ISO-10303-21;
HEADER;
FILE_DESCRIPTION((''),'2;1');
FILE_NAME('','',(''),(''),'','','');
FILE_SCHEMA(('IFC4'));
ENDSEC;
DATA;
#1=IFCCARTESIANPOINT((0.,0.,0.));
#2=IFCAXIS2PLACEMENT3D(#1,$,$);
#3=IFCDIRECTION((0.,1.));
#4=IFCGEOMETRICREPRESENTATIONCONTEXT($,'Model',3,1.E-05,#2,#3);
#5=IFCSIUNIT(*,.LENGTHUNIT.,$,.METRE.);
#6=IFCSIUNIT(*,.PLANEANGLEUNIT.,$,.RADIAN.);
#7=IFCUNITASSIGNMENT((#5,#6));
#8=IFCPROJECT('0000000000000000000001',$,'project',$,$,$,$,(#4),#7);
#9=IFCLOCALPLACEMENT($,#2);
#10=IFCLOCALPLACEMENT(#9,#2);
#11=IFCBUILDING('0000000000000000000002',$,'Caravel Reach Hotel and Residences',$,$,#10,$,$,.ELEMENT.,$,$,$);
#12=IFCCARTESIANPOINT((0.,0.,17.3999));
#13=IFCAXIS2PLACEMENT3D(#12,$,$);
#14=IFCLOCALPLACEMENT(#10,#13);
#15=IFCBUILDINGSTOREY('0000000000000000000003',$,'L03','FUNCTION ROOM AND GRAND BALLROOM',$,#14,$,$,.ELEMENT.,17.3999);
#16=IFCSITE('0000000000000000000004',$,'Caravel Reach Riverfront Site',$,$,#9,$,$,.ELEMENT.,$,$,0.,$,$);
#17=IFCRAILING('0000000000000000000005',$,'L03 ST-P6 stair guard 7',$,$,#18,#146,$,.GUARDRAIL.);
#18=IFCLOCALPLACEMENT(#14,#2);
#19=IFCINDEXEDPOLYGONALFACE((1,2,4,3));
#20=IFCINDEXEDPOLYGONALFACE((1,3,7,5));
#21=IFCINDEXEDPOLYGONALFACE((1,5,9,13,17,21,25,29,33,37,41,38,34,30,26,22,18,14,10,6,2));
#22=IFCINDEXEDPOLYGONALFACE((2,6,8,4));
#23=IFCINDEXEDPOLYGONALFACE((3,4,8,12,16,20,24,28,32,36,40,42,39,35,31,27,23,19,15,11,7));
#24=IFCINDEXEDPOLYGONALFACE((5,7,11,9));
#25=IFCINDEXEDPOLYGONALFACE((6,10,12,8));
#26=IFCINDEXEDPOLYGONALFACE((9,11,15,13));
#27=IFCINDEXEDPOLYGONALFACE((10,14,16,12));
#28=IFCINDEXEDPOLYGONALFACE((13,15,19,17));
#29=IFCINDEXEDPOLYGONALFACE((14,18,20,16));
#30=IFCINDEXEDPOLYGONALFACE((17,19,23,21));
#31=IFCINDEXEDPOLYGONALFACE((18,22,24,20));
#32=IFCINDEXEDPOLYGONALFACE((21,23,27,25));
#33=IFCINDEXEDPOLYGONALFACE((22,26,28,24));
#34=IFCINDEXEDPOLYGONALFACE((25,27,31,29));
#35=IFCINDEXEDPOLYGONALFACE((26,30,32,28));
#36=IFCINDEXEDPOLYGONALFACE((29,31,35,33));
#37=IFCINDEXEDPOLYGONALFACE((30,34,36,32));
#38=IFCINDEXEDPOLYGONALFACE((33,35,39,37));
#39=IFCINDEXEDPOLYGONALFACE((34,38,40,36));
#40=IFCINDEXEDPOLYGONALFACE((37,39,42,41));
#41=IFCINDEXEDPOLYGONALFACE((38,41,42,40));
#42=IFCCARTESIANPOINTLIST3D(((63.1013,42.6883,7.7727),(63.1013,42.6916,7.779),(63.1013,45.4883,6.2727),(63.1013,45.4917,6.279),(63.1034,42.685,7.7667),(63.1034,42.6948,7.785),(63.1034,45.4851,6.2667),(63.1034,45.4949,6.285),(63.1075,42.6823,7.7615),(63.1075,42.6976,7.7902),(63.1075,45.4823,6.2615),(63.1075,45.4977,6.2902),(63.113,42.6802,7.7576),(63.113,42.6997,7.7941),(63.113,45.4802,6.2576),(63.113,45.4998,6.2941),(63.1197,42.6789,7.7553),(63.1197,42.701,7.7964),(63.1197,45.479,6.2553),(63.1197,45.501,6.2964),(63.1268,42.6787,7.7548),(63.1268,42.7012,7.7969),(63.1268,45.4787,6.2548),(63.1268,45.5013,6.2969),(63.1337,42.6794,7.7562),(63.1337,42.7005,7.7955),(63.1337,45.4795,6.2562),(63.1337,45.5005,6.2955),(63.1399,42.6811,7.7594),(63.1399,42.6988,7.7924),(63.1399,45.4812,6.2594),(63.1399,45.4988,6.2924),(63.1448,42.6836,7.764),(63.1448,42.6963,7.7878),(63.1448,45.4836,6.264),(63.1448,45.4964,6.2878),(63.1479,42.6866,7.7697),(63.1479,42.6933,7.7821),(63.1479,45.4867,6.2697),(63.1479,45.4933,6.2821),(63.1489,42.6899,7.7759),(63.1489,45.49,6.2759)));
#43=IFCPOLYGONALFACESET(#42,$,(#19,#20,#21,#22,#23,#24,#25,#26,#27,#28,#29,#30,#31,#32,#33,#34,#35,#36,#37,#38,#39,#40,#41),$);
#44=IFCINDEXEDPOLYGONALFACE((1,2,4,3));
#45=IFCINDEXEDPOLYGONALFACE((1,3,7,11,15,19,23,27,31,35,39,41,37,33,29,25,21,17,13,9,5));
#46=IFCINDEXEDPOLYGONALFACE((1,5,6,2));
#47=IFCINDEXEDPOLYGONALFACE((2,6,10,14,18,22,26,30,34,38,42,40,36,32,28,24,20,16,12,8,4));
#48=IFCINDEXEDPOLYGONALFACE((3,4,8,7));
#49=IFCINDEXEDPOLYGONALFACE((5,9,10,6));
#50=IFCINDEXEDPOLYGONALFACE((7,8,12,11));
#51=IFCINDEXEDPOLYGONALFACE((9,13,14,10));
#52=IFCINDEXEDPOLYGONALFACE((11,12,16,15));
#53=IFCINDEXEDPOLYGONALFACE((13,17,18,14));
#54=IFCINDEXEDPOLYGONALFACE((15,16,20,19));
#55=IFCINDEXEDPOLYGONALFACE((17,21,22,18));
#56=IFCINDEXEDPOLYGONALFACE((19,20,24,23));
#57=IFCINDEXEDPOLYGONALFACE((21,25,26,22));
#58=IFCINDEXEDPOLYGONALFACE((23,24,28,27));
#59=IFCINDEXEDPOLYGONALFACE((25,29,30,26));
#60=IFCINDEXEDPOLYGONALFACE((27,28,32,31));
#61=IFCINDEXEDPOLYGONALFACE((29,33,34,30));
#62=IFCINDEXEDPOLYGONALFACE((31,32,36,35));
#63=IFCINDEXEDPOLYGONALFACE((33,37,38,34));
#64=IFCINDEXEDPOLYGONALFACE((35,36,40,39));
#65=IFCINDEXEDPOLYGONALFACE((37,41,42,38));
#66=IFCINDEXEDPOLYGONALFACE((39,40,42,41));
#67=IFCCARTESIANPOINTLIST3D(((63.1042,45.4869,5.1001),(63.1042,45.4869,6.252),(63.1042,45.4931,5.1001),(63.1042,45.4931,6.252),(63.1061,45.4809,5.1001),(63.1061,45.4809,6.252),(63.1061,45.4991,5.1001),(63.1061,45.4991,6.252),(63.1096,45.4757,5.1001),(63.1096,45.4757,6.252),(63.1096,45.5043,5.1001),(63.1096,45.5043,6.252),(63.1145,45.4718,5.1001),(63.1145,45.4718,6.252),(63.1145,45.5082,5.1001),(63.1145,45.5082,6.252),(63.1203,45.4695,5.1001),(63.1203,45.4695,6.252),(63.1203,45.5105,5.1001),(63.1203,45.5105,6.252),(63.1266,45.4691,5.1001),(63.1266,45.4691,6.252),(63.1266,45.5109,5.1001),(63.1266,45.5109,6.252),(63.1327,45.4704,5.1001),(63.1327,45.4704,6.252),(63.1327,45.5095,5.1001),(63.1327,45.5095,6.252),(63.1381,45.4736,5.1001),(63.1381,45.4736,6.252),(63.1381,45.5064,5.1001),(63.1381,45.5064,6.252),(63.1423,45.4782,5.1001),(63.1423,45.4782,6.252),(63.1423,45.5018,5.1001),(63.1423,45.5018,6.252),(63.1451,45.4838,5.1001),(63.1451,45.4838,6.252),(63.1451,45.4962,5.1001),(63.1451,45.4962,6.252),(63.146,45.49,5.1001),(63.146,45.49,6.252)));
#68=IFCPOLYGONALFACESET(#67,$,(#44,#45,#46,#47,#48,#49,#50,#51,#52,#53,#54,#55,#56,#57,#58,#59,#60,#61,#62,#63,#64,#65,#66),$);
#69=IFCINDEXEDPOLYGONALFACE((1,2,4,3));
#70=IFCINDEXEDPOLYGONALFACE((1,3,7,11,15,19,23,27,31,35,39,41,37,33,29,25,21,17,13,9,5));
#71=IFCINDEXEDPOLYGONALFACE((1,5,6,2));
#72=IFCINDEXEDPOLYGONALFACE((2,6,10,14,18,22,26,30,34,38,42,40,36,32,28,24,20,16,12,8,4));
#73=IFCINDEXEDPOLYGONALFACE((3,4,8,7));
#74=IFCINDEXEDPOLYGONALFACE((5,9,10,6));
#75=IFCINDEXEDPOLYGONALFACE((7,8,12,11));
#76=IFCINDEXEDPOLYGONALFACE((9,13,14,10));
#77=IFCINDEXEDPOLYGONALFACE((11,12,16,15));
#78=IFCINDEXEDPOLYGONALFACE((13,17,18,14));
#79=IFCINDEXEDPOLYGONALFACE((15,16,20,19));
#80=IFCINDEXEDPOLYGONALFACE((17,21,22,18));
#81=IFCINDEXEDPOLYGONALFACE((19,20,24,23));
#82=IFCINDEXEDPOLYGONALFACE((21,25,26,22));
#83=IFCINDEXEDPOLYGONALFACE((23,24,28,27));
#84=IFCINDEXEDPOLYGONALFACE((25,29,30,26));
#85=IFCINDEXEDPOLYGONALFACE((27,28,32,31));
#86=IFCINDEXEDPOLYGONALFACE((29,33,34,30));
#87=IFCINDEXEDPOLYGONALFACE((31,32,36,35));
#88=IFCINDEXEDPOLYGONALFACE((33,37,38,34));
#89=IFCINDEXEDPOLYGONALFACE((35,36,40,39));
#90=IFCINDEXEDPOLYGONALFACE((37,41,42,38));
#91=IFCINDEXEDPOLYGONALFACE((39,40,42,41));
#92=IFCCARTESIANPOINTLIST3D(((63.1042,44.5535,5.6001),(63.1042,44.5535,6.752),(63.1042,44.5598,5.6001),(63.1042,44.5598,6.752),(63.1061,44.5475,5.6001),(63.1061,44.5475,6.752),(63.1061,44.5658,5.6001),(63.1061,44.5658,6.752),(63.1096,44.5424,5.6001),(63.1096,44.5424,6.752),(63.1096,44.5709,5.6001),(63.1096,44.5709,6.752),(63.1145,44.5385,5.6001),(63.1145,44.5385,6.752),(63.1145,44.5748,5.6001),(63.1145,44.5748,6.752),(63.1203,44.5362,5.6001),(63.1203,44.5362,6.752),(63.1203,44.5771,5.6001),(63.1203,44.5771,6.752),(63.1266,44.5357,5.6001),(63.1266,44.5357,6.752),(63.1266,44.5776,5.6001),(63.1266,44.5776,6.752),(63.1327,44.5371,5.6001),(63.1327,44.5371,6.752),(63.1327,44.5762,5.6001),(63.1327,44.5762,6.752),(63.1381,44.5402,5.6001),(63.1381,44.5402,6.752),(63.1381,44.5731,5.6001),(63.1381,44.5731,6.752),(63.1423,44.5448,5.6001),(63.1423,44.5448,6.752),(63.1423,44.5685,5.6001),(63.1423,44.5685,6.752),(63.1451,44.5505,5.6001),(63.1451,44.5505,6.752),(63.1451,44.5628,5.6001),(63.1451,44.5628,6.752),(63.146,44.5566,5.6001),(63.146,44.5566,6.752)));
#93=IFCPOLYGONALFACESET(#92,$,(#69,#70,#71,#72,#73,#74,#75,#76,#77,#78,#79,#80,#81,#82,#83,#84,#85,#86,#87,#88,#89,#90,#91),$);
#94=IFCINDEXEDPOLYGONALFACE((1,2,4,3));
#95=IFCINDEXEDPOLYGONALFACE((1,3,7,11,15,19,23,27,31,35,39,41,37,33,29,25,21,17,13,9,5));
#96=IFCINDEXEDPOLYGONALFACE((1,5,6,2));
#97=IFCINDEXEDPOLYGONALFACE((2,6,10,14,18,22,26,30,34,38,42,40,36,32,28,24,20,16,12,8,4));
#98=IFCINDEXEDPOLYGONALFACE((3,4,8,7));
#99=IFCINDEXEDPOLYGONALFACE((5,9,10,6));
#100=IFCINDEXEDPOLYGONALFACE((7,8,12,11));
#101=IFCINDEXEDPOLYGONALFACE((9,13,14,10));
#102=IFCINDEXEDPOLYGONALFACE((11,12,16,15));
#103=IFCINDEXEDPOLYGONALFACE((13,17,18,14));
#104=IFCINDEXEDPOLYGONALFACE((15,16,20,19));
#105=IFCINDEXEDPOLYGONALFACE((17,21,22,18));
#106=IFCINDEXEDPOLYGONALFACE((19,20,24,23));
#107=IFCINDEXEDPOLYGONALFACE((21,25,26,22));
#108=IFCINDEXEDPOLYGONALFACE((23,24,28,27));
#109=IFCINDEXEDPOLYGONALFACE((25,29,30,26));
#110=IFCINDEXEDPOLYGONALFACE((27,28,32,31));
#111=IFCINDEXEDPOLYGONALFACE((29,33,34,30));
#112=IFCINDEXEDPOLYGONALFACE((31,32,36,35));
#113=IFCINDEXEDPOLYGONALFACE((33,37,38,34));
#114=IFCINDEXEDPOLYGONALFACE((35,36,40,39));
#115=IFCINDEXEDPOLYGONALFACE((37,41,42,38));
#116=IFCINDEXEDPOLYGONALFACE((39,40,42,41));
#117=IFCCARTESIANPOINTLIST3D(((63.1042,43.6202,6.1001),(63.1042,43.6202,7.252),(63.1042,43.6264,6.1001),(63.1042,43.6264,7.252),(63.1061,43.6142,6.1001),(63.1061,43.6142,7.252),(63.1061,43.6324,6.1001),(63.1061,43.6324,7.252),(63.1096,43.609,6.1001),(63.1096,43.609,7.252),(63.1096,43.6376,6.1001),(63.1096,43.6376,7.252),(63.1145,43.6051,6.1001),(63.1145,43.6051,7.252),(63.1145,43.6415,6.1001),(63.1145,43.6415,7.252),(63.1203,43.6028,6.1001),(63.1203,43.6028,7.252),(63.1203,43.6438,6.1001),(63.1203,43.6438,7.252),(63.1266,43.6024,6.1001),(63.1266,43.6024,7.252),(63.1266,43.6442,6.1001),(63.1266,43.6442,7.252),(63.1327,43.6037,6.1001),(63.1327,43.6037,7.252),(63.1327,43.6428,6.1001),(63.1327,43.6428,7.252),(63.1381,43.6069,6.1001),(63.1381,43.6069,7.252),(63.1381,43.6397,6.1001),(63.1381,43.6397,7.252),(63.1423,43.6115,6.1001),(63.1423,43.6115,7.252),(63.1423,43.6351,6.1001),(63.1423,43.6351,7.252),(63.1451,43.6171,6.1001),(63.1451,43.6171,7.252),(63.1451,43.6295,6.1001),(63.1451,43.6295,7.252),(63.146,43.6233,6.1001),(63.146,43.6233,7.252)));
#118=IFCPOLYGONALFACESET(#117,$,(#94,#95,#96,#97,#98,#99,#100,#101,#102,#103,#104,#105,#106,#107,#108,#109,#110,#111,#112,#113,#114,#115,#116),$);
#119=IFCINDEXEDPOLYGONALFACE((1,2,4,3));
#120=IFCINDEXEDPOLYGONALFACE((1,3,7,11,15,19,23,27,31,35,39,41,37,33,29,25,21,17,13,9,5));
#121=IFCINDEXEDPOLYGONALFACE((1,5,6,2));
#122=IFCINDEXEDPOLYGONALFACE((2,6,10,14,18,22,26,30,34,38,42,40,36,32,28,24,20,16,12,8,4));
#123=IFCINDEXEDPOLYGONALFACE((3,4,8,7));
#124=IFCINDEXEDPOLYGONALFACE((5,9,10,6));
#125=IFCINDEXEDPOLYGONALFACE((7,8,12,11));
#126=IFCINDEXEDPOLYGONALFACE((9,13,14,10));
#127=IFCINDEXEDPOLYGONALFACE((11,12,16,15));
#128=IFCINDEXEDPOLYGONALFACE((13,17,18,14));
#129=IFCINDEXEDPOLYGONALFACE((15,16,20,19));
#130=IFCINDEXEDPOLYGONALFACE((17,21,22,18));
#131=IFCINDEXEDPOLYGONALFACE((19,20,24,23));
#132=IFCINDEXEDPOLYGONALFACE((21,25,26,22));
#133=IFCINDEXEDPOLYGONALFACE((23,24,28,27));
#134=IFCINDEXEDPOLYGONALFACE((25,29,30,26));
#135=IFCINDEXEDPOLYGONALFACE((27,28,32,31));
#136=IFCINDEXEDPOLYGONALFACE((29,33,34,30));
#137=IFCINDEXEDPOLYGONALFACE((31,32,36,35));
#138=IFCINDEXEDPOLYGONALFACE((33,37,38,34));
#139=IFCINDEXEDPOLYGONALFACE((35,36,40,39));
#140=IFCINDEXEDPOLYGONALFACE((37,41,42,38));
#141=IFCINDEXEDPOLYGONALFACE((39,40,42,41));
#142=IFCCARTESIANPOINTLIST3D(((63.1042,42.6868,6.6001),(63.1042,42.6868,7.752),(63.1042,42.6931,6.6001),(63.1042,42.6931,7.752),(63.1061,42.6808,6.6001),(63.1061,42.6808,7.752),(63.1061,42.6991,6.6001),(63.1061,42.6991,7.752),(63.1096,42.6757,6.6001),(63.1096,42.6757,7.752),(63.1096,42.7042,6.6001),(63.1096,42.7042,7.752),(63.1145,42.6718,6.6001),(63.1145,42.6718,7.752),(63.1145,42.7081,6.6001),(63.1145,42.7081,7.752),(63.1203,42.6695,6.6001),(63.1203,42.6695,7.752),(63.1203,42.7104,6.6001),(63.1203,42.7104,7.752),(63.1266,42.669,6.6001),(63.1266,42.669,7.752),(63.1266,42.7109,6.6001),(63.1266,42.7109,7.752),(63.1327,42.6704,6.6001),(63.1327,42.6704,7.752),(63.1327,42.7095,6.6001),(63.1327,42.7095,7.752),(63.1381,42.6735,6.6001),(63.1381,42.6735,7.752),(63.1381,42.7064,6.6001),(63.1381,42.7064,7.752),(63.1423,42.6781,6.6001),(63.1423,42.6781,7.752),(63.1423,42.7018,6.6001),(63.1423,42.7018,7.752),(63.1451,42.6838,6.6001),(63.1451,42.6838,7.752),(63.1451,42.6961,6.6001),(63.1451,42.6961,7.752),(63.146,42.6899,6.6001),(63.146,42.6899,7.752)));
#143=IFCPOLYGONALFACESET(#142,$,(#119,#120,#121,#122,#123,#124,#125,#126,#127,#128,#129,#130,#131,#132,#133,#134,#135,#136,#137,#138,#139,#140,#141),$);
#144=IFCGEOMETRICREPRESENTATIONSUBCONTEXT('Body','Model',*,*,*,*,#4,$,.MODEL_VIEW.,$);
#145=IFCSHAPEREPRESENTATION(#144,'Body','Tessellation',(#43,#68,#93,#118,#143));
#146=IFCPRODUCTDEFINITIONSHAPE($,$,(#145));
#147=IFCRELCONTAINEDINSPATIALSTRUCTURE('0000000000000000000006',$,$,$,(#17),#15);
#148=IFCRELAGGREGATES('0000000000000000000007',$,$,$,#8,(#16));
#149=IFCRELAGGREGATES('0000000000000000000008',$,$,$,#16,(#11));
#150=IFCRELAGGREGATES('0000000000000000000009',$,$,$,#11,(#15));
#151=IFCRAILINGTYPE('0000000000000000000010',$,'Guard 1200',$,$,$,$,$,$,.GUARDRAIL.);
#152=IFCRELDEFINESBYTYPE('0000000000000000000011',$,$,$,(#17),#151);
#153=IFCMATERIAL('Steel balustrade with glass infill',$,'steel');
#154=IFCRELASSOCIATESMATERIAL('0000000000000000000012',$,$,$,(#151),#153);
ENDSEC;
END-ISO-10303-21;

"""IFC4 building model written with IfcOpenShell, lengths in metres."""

from ifc_helpers import new_model, si_unit, direction, frame, origin, origin_2d, place, context, subcontext, project, spatial, circle, extrude, material, type_object, element, save


model = new_model("IFC4")

# Units and contexts
model_context = context("Model", 3, precision=1e-05, world=origin(), true_north=direction((0.0, 1.0)))
body_context = subcontext(model_context, "Body", "Model", "MODEL_VIEW")
ifc_project = project(units=[si_unit("LENGTHUNIT", "METRE"), si_unit("PLANEANGLEUNIT", "RADIAN")], contexts=[model_context])

# Site, building, storey
site_placement = place(None, origin())
site = spatial("IfcSite", under=ifc_project, at=site_placement, Name="Caravel Reach Riverfront Site", CompositionType="ELEMENT", RefElevation=0.0)
building_placement = place(site_placement, origin())
building = spatial("IfcBuilding", under=site, at=building_placement, Name="Caravel Reach Hotel and Residences", CompositionType="ELEMENT")
storey_placement = place(building_placement, frame((0.0, 0.0, 17.3999)))
storey = spatial("IfcBuildingStorey", under=building, at=storey_placement, Name="L03", Description="FUNCTION ROOM AND GRAND BALLROOM", CompositionType="ELEMENT", Elevation=17.3999)

# Railing
ifc_material_1 = material(Name="Steel balustrade with glass infill", Category="steel")
railing_type_1 = type_object("IfcRailingType", Name="Guard 1200", PredefinedType="GUARDRAIL", material=ifc_material_1)
railing_1_placement = place(storey_placement, frame((63.125, 45.49, 5.1001)))
element("IfcRailing", 1, at=railing_1_placement, inside=storey, type_object=railing_type_1, Name="L03 ST-P6 stair guard 7", PredefinedType="GUARDRAIL", context=body_context, shape_type="SweptSolid", body=[
    extrude(circle(Radius=0.0239, at=origin_2d()), frame((0.0, 0.0, 1.1758), z_axis=(0.0, -0.881483, 0.472215), x_axis=(1.0, 0.0, 0.0)), (0.0, 0.0, 1.0), 3.1765),
    extrude(circle(Radius=0.021, at=origin_2d()), origin(), (0.0, 0.0, 1.0), 1.1519),
    extrude(circle(Radius=0.021, at=origin_2d()), frame((0.0, -0.9333, 0.5)), (0.0, 0.0, 1.0), 1.1519),
    extrude(circle(Radius=0.021, at=origin_2d()), frame((0.0, -1.8667, 1.0)), (0.0, 0.0, 1.0), 1.1519),
    extrude(circle(Radius=0.021, at=origin_2d()), frame((0.0, -2.8, 1.5)), (0.0, 0.0, 1.0), 1.1519),
])

save(model, "model.ifc")
